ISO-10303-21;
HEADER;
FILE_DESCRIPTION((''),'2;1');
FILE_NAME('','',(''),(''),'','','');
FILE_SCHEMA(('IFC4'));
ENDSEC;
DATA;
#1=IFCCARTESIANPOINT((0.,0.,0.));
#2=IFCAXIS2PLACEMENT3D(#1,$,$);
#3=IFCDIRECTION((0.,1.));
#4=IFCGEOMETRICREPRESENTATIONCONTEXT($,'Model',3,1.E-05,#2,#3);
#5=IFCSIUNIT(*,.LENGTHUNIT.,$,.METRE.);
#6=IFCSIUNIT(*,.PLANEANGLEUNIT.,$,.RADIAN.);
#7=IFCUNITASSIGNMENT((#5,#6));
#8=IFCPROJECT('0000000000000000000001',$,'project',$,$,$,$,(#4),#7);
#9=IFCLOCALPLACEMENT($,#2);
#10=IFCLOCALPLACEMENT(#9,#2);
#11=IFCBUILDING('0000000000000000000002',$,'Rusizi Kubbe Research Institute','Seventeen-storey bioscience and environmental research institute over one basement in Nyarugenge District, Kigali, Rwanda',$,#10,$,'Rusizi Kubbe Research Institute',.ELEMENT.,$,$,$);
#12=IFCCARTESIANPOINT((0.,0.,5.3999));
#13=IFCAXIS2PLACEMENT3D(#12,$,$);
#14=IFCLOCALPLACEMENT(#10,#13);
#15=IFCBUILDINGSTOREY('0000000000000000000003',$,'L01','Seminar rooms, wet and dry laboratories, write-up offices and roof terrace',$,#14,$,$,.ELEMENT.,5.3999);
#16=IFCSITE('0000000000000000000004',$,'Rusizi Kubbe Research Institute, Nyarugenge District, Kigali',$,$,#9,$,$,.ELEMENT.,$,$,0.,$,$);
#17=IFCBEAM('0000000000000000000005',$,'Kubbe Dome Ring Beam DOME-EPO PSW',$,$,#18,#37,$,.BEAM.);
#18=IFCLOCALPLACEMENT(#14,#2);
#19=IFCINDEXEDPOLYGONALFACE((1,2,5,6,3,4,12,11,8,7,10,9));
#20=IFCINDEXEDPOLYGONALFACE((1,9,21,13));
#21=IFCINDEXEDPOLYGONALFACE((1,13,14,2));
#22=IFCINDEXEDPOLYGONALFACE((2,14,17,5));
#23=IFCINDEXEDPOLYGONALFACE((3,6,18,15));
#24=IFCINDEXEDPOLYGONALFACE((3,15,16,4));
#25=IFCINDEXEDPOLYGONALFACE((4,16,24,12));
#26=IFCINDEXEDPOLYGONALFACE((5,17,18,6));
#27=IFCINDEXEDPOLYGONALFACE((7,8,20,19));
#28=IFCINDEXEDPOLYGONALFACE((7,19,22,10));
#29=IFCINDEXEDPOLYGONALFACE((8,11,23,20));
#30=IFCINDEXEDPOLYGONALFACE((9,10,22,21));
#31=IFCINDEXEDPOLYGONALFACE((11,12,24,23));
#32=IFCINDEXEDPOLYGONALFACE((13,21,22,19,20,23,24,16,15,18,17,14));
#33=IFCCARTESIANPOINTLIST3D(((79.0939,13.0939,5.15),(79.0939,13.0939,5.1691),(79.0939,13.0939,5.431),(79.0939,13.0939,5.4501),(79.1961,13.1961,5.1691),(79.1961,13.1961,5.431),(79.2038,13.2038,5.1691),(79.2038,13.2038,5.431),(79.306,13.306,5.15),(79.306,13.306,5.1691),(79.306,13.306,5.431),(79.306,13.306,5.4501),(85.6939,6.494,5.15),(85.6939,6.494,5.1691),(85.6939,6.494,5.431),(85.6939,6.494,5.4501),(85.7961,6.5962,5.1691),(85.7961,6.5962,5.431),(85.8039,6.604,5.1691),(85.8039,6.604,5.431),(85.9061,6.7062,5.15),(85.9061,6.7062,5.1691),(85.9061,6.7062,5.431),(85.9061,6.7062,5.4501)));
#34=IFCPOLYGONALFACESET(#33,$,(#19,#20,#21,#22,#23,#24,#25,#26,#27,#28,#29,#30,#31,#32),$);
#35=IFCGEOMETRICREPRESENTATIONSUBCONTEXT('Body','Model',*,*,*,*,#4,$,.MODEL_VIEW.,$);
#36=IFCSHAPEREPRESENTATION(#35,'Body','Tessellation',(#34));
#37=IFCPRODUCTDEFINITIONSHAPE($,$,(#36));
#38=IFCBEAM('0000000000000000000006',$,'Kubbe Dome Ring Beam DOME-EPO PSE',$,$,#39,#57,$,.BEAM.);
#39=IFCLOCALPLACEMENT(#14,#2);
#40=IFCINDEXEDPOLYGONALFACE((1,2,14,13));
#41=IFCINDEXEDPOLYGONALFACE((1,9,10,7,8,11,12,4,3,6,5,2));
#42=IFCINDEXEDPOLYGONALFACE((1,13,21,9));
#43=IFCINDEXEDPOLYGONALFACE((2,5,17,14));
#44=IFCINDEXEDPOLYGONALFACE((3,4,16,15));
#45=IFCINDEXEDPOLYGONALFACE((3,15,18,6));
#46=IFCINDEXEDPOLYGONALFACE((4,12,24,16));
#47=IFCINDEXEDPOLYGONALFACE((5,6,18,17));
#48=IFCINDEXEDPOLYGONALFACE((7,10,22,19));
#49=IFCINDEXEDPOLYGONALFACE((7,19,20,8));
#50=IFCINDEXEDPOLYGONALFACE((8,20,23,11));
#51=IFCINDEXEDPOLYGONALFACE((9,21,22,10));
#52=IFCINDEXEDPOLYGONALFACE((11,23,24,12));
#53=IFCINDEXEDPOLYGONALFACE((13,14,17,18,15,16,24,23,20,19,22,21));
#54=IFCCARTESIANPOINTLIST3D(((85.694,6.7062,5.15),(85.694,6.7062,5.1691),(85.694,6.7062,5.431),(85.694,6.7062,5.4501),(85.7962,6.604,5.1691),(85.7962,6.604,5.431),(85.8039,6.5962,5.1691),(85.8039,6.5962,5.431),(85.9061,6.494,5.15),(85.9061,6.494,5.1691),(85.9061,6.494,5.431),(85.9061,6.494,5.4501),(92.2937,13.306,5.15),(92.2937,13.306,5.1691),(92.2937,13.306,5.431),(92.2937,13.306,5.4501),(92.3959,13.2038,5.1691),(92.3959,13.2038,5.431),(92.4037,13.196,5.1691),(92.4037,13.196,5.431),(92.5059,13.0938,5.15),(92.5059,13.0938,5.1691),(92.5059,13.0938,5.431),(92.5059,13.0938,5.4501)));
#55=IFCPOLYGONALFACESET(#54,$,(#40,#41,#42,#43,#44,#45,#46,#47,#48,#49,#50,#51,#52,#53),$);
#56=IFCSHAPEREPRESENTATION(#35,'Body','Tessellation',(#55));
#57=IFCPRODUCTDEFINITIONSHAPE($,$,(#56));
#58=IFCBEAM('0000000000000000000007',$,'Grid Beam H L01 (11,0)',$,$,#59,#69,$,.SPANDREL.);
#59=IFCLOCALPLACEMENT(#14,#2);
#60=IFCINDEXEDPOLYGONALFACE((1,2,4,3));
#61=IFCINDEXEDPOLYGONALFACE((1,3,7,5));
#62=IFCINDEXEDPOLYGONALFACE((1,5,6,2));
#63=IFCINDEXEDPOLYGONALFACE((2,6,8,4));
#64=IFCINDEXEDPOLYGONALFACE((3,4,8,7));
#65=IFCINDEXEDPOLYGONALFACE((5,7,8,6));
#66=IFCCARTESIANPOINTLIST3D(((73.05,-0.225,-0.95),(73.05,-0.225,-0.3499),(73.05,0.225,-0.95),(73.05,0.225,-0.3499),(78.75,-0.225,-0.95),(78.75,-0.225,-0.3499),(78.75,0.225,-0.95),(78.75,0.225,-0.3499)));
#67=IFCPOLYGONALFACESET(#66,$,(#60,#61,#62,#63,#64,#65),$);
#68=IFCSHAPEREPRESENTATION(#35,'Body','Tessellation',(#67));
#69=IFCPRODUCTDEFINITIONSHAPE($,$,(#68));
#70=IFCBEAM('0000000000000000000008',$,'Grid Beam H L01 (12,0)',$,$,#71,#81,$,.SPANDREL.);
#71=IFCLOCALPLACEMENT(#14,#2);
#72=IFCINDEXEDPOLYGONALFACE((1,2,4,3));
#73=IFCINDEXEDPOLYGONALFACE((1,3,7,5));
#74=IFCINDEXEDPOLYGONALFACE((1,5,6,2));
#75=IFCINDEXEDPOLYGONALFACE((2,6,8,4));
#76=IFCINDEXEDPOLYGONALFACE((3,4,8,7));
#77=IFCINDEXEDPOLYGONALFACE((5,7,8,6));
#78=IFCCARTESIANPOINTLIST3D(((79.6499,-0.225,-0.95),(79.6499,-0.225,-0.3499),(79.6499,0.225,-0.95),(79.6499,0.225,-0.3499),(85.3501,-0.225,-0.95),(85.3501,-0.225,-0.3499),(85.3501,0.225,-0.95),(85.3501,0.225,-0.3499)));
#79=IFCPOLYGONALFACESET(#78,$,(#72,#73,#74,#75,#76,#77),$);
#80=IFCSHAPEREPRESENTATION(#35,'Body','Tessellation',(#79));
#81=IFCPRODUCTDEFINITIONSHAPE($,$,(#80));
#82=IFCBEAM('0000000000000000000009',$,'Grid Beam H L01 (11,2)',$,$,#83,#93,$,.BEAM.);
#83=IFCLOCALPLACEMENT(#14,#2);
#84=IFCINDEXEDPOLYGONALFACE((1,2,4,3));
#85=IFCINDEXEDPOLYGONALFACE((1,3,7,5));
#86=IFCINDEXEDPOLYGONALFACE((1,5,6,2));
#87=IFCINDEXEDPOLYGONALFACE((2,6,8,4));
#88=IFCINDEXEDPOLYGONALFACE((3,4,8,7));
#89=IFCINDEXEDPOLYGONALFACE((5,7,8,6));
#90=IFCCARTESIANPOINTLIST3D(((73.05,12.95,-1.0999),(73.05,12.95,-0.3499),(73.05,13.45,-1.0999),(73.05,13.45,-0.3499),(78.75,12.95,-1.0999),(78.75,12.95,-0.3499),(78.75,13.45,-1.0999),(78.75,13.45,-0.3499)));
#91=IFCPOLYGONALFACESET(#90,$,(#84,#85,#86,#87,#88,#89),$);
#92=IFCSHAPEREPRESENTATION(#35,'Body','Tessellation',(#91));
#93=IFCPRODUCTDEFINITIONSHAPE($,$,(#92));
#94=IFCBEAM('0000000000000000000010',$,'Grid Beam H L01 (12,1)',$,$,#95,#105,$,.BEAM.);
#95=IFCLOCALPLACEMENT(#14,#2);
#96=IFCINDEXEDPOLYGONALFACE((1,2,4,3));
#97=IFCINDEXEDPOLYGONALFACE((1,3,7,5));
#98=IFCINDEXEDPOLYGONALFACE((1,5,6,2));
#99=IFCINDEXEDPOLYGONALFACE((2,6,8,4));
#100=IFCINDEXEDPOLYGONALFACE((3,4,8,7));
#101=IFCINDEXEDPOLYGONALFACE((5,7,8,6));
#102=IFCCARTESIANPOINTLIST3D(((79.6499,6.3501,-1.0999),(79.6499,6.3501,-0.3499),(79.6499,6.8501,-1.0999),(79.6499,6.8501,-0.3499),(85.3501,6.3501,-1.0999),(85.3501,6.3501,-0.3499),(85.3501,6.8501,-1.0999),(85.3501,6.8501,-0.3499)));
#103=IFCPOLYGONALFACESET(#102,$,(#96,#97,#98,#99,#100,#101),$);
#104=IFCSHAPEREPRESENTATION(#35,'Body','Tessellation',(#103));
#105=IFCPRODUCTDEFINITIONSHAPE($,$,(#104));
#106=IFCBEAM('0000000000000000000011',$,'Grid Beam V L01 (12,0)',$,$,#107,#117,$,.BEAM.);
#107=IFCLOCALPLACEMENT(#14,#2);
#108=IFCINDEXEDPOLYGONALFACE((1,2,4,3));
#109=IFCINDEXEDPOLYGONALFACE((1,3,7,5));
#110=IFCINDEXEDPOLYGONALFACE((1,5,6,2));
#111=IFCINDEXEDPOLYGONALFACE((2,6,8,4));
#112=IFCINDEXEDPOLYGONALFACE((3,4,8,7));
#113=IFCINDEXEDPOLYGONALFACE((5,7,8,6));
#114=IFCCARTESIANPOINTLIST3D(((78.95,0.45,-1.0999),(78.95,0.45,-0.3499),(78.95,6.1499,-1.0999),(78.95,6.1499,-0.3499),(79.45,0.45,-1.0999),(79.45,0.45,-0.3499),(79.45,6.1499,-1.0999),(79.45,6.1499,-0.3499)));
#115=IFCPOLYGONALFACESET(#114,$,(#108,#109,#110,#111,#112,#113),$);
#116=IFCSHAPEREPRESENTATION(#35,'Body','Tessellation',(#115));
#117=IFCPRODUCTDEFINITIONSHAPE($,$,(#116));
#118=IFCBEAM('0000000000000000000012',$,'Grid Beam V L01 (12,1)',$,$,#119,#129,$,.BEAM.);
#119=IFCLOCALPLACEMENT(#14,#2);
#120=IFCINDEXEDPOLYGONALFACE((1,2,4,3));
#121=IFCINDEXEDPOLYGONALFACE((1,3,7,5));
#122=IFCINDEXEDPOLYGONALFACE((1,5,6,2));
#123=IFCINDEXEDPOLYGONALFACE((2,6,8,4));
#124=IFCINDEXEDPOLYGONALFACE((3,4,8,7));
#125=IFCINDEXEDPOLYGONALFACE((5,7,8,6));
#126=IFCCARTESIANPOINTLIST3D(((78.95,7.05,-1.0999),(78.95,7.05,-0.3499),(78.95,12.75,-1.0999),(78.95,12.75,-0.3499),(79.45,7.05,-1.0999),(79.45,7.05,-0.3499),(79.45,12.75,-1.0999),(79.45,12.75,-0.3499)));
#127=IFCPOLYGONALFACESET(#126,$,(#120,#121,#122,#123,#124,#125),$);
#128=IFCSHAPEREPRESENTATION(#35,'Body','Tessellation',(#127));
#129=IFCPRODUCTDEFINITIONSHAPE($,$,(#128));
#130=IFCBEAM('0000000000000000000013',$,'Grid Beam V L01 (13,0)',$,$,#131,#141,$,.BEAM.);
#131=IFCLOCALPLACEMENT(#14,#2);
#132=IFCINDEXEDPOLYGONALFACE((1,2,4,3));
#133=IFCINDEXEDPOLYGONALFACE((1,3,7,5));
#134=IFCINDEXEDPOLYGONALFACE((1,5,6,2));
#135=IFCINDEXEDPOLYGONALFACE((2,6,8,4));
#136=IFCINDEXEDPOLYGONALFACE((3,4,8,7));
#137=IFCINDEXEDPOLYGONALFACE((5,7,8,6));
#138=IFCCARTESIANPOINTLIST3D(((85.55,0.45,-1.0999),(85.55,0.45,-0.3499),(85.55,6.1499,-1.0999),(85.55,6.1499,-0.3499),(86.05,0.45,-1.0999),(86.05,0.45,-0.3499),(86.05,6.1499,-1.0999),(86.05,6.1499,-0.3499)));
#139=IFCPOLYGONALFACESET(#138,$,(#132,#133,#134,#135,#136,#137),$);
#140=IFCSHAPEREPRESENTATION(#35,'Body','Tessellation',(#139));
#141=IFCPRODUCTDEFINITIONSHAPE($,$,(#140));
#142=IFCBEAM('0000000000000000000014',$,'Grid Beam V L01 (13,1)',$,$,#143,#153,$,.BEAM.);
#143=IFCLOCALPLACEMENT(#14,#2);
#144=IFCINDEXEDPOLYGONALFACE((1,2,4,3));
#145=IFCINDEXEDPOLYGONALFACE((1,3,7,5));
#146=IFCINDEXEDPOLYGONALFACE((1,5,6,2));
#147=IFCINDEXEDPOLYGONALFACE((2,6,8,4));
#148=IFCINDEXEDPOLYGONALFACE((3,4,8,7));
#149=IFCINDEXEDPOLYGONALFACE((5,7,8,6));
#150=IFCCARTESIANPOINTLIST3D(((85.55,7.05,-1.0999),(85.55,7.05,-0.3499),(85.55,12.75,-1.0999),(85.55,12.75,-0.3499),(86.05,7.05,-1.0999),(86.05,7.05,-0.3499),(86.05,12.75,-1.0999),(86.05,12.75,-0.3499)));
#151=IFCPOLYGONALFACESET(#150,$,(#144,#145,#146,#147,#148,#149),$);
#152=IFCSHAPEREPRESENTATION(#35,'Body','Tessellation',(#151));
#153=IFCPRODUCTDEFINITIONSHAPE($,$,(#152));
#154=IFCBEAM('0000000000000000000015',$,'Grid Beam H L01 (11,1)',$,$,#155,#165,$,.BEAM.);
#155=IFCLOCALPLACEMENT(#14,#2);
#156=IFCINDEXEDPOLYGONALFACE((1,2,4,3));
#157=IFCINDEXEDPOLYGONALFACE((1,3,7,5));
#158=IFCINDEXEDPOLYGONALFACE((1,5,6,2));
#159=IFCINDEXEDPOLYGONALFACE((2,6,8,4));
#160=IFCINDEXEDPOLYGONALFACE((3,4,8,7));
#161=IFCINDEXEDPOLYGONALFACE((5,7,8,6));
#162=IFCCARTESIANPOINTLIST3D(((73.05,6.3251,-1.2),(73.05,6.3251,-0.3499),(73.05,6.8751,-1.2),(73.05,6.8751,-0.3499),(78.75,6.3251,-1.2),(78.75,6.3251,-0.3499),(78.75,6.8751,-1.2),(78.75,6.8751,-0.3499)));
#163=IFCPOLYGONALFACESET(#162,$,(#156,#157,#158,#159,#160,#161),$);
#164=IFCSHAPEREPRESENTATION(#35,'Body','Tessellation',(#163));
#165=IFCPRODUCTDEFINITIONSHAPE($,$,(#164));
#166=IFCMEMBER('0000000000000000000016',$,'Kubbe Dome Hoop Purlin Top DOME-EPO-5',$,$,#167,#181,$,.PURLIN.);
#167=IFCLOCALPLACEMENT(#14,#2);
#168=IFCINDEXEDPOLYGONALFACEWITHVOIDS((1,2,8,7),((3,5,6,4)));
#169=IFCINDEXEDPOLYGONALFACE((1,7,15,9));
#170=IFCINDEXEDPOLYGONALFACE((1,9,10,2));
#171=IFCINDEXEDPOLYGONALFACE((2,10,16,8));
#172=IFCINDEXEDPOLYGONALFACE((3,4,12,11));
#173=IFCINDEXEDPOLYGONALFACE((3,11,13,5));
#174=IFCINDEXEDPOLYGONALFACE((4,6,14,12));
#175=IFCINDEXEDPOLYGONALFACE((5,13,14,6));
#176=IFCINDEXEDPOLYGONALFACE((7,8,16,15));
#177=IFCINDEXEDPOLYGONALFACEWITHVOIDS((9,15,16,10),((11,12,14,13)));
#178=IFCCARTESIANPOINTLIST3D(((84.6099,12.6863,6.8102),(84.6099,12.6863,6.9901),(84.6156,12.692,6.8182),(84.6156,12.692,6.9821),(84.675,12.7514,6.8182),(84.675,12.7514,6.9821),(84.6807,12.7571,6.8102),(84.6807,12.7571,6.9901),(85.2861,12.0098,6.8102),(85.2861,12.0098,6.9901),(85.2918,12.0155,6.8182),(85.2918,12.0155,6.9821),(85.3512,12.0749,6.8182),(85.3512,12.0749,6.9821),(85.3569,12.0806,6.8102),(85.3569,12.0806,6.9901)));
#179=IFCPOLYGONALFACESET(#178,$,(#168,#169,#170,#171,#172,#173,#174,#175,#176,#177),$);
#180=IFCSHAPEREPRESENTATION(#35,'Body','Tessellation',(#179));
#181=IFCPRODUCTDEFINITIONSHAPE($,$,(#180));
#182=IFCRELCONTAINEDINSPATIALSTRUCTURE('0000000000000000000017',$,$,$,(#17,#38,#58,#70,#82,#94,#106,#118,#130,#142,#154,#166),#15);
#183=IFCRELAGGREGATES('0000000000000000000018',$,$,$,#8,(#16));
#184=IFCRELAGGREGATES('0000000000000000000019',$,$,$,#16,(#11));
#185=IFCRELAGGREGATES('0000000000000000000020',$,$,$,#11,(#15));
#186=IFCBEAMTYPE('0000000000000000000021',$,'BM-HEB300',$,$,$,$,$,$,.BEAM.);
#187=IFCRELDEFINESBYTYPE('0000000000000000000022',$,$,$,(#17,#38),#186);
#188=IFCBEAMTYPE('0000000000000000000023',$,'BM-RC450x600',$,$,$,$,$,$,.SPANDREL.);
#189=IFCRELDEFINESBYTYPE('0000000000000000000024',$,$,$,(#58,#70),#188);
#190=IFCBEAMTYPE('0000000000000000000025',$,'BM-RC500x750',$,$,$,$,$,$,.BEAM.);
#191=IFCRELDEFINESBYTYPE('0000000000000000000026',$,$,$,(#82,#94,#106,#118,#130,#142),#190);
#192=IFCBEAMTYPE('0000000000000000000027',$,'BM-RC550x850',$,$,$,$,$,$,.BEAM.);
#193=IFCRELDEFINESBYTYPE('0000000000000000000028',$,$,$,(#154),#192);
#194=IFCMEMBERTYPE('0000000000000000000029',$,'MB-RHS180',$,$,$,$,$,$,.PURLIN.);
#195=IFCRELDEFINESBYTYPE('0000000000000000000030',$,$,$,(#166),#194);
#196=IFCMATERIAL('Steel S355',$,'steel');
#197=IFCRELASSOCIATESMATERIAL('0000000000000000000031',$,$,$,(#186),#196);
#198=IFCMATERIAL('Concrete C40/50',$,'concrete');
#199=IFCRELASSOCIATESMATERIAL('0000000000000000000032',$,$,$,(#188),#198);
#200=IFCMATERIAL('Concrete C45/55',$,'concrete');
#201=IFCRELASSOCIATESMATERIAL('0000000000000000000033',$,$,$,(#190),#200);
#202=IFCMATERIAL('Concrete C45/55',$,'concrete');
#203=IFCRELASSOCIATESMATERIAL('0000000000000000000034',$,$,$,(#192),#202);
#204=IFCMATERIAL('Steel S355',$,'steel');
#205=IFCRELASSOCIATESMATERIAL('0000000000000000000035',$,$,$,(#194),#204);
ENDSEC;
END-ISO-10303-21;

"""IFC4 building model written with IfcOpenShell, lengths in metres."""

from ifc_helpers import new_model, si_unit, direction, frame, origin, origin_2d, place, context, subcontext, project, spatial, rectangle, hollow_rectangle, i_section, extrude, material, material_profile, profile_set, type_object, element, save


model = new_model("IFC4")

# Units and contexts
model_context = context("Model", 3, precision=1e-05, world=origin(), true_north=direction((0.0, 1.0)))
body_context = subcontext(model_context, "Body", "Model", "MODEL_VIEW")
ifc_project = project(units=[si_unit("LENGTHUNIT", "METRE"), si_unit("PLANEANGLEUNIT", "RADIAN")], contexts=[model_context])

# Site, building, storey
site_placement = place(None, origin())
site = spatial("IfcSite", under=ifc_project, at=site_placement, Name="Rusizi Kubbe Research Institute, Nyarugenge District, Kigali", CompositionType="ELEMENT", RefElevation=0.0)
building_placement = place(site_placement, origin())
building = spatial("IfcBuilding", under=site, at=building_placement, Name="Rusizi Kubbe Research Institute", Description="Seventeen-storey bioscience and environmental research institute over one basement in Nyarugenge District, Kigali, Rwanda", LongName="Rusizi Kubbe Research Institute", CompositionType="ELEMENT")
storey_placement = place(building_placement, frame((0.0, 0.0, 5.3999)))
storey = spatial("IfcBuildingStorey", under=building, at=storey_placement, Name="L01", Description="Seminar rooms, wet and dry laboratories, write-up offices and roof terrace", CompositionType="ELEMENT", Elevation=5.3999)

# Beams
ifc_material_1 = material(Name="Steel S355", Category="steel")
ifc_material_profile_1 = material_profile(ifc_material_1, i_section(OverallWidth=0.3, OverallDepth=0.3, WebThickness=0.011, FlangeThickness=0.019, at=origin_2d()), Name="HEB 300")
ifc_profile_set_1 = profile_set([ifc_material_profile_1], Name="Steel S355")
beam_type_1 = type_object("IfcBeamType", Name="BM-HEB300", PredefinedType="BEAM", material=ifc_profile_set_1)
beam_1_placement = place(storey_placement, frame((79.2, 13.2, 5.3), z_axis=(0.70712, -0.707094, 0.0), x_axis=(0.707094, 0.70712, 0.0)))
element("IfcBeam", 1, at=beam_1_placement, inside=storey, type_object=beam_type_1, Name="Kubbe Dome Ring Beam DOME-EPO PSW", PredefinedType="BEAM", context=body_context, shape_type="SweptSolid", body=[
    extrude(i_section(OverallWidth=0.3, OverallDepth=0.3, WebThickness=0.011, FlangeThickness=0.019, at=origin_2d()), origin(), (0.0, 0.0, 1.0), 9.3337),
])
beam_2_placement = place(storey_placement, frame((85.8, 6.6001, 5.3), z_axis=(0.707107, 0.707107, 0.0), x_axis=(-0.707107, 0.707107, 0.0)))
element("IfcBeam", 2, at=beam_2_placement, inside=storey, type_object=beam_type_1, Name="Kubbe Dome Ring Beam DOME-EPO PSE", PredefinedType="BEAM", context=body_context, shape_type="SweptSolid", body=[
    extrude(i_section(OverallWidth=0.3, OverallDepth=0.3, WebThickness=0.011, FlangeThickness=0.019, at=origin_2d()), origin(), (0.0, 0.0, 1.0), 9.3335),
])
ifc_material_2 = material(Name="Concrete C40/50", Category="concrete")
ifc_material_profile_2 = material_profile(ifc_material_2, rectangle(XDim=0.45, YDim=0.6001, at=origin_2d()), Name="RC450x600")
ifc_profile_set_2 = profile_set([ifc_material_profile_2], Name="Concrete C40/50")
beam_type_2 = type_object("IfcBeamType", Name="BM-RC450x600", PredefinedType="SPANDREL", material=ifc_profile_set_2)
beam_3_placement = place(storey_placement, frame((73.05, 0.0, -0.6499), z_axis=(1.0, 0.0, 0.0), x_axis=(0.0, 1.0, 0.0)))
element("IfcBeam", 3, at=beam_3_placement, inside=storey, type_object=beam_type_2, Name="Grid Beam H L01 (11,0)", PredefinedType="SPANDREL", context=body_context, shape_type="SweptSolid", body=[
    extrude(rectangle(XDim=0.45, YDim=0.6001, at=origin_2d()), origin(), (0.0, 0.0, 1.0), 5.7),
])
beam_4_placement = place(storey_placement, frame((79.6499, 0.0, -0.6499), z_axis=(1.0, 0.0, 0.0), x_axis=(0.0, 1.0, 0.0)))
element("IfcBeam", 4, at=beam_4_placement, inside=storey, type_object=beam_type_2, Name="Grid Beam H L01 (12,0)", PredefinedType="SPANDREL", context=body_context, shape_type="SweptSolid", body=[
    extrude(rectangle(XDim=0.45, YDim=0.6001, at=origin_2d()), origin(), (0.0, 0.0, 1.0), 5.7002),
])
ifc_material_3 = material(Name="Concrete C45/55", Category="concrete")
ifc_material_profile_3 = material_profile(ifc_material_3, rectangle(XDim=0.5, YDim=0.75, at=origin_2d()), Name="RC500x750B")
ifc_profile_set_3 = profile_set([ifc_material_profile_3], Name="Concrete C45/55")
beam_type_3 = type_object("IfcBeamType", Name="BM-RC500x750", PredefinedType="BEAM", material=ifc_profile_set_3)
beam_5_placement = place(storey_placement, frame((73.05, 13.2, -0.7249), z_axis=(1.0, 0.0, 0.0), x_axis=(0.0, 1.0, 0.0)))
element("IfcBeam", 5, at=beam_5_placement, inside=storey, type_object=beam_type_3, Name="Grid Beam H L01 (11,2)", PredefinedType="BEAM", context=body_context, shape_type="SweptSolid", body=[
    extrude(rectangle(XDim=0.5, YDim=0.75, at=origin_2d()), origin(), (0.0, 0.0, 1.0), 5.7),
])
beam_6_placement = place(storey_placement, frame((79.6499, 6.6001, -0.7249), z_axis=(1.0, 0.0, 0.0), x_axis=(0.0, 1.0, 0.0)))
element("IfcBeam", 6, at=beam_6_placement, inside=storey, type_object=beam_type_3, Name="Grid Beam H L01 (12,1)", PredefinedType="BEAM", context=body_context, shape_type="SweptSolid", body=[
    extrude(rectangle(XDim=0.5, YDim=0.75, at=origin_2d()), origin(), (0.0, 0.0, 1.0), 5.7002),
])
for number, where, z_axis, x_axis, name in (
    (7, (79.2, 0.45, -0.7249), (0.0, 1.0, 0.0), (-1.0, 0.0, 0.0), "Grid Beam V L01 (12,0)"),
    (8, (79.2, 7.05, -0.7249), (0.0, 1.0, 0.0), (-1.0, 0.0, 0.0), "Grid Beam V L01 (12,1)"),
    (9, (85.8, 0.45, -0.7249), (0.0, 1.0, 0.0), (-1.0, 0.0, 0.0), "Grid Beam V L01 (13,0)"),
    (10, (85.8, 7.05, -0.7249), (0.0, 1.0, 0.0), (-1.0, 0.0, 0.0), "Grid Beam V L01 (13,1)"),
):
    element("IfcBeam", number, at=place(storey_placement, frame(where, z_axis=z_axis, x_axis=x_axis)), inside=storey, type_object=beam_type_3, Name=name, PredefinedType="BEAM", context=body_context, shape_type="SweptSolid", body=[
        extrude(rectangle(XDim=0.5, YDim=0.75, at=origin_2d()), origin(), (0.0, 0.0, 1.0), 5.7),
    ])
ifc_material_4 = material(Name="Concrete C45/55", Category="concrete")
ifc_material_profile_4 = material_profile(ifc_material_4, rectangle(XDim=0.55, YDim=0.8501, at=origin_2d()), Name="RC550x850")
ifc_profile_set_4 = profile_set([ifc_material_profile_4], Name="Concrete C45/55")
beam_type_4 = type_object("IfcBeamType", Name="BM-RC550x850", PredefinedType="BEAM", material=ifc_profile_set_4)
beam_7_placement = place(storey_placement, frame((73.05, 6.6001, -0.7749), z_axis=(1.0, 0.0, 0.0), x_axis=(0.0, 1.0, 0.0)))
element("IfcBeam", 11, at=beam_7_placement, inside=storey, type_object=beam_type_4, Name="Grid Beam H L01 (11,1)", PredefinedType="BEAM", context=body_context, shape_type="SweptSolid", body=[
    extrude(rectangle(XDim=0.55, YDim=0.8501, at=origin_2d()), origin(), (0.0, 0.0, 1.0), 5.7),
])

# Member
ifc_material_5 = material(Name="Steel S355", Category="steel")
ifc_material_profile_5 = material_profile(ifc_material_5, hollow_rectangle(XDim=0.1001, YDim=0.1799, WallThickness=0.0081, at=origin_2d()), Name="RHS 180x100x8.0")
ifc_profile_set_5 = profile_set([ifc_material_profile_5], Name="Steel S355")
member_type_1 = type_object("IfcMemberType", Name="MB-RHS180", PredefinedType="PURLIN", material=ifc_profile_set_5)
member_1_placement = place(storey_placement, frame((84.6453, 12.7217, 6.9001), z_axis=(0.706979, -0.707234, 0.0), x_axis=(0.707234, 0.706979, 0.0)))
element("IfcMember", 12, at=member_1_placement, inside=storey, type_object=member_type_1, Name="Kubbe Dome Hoop Purlin Top DOME-EPO-5", PredefinedType="PURLIN", context=body_context, shape_type="SweptSolid", body=[
    extrude(hollow_rectangle(XDim=0.1001, YDim=0.1799, WallThickness=0.0081, at=origin_2d()), origin(), (0.0, 0.0, 1.0), 0.9565),
])

save(model, "model.ifc")
